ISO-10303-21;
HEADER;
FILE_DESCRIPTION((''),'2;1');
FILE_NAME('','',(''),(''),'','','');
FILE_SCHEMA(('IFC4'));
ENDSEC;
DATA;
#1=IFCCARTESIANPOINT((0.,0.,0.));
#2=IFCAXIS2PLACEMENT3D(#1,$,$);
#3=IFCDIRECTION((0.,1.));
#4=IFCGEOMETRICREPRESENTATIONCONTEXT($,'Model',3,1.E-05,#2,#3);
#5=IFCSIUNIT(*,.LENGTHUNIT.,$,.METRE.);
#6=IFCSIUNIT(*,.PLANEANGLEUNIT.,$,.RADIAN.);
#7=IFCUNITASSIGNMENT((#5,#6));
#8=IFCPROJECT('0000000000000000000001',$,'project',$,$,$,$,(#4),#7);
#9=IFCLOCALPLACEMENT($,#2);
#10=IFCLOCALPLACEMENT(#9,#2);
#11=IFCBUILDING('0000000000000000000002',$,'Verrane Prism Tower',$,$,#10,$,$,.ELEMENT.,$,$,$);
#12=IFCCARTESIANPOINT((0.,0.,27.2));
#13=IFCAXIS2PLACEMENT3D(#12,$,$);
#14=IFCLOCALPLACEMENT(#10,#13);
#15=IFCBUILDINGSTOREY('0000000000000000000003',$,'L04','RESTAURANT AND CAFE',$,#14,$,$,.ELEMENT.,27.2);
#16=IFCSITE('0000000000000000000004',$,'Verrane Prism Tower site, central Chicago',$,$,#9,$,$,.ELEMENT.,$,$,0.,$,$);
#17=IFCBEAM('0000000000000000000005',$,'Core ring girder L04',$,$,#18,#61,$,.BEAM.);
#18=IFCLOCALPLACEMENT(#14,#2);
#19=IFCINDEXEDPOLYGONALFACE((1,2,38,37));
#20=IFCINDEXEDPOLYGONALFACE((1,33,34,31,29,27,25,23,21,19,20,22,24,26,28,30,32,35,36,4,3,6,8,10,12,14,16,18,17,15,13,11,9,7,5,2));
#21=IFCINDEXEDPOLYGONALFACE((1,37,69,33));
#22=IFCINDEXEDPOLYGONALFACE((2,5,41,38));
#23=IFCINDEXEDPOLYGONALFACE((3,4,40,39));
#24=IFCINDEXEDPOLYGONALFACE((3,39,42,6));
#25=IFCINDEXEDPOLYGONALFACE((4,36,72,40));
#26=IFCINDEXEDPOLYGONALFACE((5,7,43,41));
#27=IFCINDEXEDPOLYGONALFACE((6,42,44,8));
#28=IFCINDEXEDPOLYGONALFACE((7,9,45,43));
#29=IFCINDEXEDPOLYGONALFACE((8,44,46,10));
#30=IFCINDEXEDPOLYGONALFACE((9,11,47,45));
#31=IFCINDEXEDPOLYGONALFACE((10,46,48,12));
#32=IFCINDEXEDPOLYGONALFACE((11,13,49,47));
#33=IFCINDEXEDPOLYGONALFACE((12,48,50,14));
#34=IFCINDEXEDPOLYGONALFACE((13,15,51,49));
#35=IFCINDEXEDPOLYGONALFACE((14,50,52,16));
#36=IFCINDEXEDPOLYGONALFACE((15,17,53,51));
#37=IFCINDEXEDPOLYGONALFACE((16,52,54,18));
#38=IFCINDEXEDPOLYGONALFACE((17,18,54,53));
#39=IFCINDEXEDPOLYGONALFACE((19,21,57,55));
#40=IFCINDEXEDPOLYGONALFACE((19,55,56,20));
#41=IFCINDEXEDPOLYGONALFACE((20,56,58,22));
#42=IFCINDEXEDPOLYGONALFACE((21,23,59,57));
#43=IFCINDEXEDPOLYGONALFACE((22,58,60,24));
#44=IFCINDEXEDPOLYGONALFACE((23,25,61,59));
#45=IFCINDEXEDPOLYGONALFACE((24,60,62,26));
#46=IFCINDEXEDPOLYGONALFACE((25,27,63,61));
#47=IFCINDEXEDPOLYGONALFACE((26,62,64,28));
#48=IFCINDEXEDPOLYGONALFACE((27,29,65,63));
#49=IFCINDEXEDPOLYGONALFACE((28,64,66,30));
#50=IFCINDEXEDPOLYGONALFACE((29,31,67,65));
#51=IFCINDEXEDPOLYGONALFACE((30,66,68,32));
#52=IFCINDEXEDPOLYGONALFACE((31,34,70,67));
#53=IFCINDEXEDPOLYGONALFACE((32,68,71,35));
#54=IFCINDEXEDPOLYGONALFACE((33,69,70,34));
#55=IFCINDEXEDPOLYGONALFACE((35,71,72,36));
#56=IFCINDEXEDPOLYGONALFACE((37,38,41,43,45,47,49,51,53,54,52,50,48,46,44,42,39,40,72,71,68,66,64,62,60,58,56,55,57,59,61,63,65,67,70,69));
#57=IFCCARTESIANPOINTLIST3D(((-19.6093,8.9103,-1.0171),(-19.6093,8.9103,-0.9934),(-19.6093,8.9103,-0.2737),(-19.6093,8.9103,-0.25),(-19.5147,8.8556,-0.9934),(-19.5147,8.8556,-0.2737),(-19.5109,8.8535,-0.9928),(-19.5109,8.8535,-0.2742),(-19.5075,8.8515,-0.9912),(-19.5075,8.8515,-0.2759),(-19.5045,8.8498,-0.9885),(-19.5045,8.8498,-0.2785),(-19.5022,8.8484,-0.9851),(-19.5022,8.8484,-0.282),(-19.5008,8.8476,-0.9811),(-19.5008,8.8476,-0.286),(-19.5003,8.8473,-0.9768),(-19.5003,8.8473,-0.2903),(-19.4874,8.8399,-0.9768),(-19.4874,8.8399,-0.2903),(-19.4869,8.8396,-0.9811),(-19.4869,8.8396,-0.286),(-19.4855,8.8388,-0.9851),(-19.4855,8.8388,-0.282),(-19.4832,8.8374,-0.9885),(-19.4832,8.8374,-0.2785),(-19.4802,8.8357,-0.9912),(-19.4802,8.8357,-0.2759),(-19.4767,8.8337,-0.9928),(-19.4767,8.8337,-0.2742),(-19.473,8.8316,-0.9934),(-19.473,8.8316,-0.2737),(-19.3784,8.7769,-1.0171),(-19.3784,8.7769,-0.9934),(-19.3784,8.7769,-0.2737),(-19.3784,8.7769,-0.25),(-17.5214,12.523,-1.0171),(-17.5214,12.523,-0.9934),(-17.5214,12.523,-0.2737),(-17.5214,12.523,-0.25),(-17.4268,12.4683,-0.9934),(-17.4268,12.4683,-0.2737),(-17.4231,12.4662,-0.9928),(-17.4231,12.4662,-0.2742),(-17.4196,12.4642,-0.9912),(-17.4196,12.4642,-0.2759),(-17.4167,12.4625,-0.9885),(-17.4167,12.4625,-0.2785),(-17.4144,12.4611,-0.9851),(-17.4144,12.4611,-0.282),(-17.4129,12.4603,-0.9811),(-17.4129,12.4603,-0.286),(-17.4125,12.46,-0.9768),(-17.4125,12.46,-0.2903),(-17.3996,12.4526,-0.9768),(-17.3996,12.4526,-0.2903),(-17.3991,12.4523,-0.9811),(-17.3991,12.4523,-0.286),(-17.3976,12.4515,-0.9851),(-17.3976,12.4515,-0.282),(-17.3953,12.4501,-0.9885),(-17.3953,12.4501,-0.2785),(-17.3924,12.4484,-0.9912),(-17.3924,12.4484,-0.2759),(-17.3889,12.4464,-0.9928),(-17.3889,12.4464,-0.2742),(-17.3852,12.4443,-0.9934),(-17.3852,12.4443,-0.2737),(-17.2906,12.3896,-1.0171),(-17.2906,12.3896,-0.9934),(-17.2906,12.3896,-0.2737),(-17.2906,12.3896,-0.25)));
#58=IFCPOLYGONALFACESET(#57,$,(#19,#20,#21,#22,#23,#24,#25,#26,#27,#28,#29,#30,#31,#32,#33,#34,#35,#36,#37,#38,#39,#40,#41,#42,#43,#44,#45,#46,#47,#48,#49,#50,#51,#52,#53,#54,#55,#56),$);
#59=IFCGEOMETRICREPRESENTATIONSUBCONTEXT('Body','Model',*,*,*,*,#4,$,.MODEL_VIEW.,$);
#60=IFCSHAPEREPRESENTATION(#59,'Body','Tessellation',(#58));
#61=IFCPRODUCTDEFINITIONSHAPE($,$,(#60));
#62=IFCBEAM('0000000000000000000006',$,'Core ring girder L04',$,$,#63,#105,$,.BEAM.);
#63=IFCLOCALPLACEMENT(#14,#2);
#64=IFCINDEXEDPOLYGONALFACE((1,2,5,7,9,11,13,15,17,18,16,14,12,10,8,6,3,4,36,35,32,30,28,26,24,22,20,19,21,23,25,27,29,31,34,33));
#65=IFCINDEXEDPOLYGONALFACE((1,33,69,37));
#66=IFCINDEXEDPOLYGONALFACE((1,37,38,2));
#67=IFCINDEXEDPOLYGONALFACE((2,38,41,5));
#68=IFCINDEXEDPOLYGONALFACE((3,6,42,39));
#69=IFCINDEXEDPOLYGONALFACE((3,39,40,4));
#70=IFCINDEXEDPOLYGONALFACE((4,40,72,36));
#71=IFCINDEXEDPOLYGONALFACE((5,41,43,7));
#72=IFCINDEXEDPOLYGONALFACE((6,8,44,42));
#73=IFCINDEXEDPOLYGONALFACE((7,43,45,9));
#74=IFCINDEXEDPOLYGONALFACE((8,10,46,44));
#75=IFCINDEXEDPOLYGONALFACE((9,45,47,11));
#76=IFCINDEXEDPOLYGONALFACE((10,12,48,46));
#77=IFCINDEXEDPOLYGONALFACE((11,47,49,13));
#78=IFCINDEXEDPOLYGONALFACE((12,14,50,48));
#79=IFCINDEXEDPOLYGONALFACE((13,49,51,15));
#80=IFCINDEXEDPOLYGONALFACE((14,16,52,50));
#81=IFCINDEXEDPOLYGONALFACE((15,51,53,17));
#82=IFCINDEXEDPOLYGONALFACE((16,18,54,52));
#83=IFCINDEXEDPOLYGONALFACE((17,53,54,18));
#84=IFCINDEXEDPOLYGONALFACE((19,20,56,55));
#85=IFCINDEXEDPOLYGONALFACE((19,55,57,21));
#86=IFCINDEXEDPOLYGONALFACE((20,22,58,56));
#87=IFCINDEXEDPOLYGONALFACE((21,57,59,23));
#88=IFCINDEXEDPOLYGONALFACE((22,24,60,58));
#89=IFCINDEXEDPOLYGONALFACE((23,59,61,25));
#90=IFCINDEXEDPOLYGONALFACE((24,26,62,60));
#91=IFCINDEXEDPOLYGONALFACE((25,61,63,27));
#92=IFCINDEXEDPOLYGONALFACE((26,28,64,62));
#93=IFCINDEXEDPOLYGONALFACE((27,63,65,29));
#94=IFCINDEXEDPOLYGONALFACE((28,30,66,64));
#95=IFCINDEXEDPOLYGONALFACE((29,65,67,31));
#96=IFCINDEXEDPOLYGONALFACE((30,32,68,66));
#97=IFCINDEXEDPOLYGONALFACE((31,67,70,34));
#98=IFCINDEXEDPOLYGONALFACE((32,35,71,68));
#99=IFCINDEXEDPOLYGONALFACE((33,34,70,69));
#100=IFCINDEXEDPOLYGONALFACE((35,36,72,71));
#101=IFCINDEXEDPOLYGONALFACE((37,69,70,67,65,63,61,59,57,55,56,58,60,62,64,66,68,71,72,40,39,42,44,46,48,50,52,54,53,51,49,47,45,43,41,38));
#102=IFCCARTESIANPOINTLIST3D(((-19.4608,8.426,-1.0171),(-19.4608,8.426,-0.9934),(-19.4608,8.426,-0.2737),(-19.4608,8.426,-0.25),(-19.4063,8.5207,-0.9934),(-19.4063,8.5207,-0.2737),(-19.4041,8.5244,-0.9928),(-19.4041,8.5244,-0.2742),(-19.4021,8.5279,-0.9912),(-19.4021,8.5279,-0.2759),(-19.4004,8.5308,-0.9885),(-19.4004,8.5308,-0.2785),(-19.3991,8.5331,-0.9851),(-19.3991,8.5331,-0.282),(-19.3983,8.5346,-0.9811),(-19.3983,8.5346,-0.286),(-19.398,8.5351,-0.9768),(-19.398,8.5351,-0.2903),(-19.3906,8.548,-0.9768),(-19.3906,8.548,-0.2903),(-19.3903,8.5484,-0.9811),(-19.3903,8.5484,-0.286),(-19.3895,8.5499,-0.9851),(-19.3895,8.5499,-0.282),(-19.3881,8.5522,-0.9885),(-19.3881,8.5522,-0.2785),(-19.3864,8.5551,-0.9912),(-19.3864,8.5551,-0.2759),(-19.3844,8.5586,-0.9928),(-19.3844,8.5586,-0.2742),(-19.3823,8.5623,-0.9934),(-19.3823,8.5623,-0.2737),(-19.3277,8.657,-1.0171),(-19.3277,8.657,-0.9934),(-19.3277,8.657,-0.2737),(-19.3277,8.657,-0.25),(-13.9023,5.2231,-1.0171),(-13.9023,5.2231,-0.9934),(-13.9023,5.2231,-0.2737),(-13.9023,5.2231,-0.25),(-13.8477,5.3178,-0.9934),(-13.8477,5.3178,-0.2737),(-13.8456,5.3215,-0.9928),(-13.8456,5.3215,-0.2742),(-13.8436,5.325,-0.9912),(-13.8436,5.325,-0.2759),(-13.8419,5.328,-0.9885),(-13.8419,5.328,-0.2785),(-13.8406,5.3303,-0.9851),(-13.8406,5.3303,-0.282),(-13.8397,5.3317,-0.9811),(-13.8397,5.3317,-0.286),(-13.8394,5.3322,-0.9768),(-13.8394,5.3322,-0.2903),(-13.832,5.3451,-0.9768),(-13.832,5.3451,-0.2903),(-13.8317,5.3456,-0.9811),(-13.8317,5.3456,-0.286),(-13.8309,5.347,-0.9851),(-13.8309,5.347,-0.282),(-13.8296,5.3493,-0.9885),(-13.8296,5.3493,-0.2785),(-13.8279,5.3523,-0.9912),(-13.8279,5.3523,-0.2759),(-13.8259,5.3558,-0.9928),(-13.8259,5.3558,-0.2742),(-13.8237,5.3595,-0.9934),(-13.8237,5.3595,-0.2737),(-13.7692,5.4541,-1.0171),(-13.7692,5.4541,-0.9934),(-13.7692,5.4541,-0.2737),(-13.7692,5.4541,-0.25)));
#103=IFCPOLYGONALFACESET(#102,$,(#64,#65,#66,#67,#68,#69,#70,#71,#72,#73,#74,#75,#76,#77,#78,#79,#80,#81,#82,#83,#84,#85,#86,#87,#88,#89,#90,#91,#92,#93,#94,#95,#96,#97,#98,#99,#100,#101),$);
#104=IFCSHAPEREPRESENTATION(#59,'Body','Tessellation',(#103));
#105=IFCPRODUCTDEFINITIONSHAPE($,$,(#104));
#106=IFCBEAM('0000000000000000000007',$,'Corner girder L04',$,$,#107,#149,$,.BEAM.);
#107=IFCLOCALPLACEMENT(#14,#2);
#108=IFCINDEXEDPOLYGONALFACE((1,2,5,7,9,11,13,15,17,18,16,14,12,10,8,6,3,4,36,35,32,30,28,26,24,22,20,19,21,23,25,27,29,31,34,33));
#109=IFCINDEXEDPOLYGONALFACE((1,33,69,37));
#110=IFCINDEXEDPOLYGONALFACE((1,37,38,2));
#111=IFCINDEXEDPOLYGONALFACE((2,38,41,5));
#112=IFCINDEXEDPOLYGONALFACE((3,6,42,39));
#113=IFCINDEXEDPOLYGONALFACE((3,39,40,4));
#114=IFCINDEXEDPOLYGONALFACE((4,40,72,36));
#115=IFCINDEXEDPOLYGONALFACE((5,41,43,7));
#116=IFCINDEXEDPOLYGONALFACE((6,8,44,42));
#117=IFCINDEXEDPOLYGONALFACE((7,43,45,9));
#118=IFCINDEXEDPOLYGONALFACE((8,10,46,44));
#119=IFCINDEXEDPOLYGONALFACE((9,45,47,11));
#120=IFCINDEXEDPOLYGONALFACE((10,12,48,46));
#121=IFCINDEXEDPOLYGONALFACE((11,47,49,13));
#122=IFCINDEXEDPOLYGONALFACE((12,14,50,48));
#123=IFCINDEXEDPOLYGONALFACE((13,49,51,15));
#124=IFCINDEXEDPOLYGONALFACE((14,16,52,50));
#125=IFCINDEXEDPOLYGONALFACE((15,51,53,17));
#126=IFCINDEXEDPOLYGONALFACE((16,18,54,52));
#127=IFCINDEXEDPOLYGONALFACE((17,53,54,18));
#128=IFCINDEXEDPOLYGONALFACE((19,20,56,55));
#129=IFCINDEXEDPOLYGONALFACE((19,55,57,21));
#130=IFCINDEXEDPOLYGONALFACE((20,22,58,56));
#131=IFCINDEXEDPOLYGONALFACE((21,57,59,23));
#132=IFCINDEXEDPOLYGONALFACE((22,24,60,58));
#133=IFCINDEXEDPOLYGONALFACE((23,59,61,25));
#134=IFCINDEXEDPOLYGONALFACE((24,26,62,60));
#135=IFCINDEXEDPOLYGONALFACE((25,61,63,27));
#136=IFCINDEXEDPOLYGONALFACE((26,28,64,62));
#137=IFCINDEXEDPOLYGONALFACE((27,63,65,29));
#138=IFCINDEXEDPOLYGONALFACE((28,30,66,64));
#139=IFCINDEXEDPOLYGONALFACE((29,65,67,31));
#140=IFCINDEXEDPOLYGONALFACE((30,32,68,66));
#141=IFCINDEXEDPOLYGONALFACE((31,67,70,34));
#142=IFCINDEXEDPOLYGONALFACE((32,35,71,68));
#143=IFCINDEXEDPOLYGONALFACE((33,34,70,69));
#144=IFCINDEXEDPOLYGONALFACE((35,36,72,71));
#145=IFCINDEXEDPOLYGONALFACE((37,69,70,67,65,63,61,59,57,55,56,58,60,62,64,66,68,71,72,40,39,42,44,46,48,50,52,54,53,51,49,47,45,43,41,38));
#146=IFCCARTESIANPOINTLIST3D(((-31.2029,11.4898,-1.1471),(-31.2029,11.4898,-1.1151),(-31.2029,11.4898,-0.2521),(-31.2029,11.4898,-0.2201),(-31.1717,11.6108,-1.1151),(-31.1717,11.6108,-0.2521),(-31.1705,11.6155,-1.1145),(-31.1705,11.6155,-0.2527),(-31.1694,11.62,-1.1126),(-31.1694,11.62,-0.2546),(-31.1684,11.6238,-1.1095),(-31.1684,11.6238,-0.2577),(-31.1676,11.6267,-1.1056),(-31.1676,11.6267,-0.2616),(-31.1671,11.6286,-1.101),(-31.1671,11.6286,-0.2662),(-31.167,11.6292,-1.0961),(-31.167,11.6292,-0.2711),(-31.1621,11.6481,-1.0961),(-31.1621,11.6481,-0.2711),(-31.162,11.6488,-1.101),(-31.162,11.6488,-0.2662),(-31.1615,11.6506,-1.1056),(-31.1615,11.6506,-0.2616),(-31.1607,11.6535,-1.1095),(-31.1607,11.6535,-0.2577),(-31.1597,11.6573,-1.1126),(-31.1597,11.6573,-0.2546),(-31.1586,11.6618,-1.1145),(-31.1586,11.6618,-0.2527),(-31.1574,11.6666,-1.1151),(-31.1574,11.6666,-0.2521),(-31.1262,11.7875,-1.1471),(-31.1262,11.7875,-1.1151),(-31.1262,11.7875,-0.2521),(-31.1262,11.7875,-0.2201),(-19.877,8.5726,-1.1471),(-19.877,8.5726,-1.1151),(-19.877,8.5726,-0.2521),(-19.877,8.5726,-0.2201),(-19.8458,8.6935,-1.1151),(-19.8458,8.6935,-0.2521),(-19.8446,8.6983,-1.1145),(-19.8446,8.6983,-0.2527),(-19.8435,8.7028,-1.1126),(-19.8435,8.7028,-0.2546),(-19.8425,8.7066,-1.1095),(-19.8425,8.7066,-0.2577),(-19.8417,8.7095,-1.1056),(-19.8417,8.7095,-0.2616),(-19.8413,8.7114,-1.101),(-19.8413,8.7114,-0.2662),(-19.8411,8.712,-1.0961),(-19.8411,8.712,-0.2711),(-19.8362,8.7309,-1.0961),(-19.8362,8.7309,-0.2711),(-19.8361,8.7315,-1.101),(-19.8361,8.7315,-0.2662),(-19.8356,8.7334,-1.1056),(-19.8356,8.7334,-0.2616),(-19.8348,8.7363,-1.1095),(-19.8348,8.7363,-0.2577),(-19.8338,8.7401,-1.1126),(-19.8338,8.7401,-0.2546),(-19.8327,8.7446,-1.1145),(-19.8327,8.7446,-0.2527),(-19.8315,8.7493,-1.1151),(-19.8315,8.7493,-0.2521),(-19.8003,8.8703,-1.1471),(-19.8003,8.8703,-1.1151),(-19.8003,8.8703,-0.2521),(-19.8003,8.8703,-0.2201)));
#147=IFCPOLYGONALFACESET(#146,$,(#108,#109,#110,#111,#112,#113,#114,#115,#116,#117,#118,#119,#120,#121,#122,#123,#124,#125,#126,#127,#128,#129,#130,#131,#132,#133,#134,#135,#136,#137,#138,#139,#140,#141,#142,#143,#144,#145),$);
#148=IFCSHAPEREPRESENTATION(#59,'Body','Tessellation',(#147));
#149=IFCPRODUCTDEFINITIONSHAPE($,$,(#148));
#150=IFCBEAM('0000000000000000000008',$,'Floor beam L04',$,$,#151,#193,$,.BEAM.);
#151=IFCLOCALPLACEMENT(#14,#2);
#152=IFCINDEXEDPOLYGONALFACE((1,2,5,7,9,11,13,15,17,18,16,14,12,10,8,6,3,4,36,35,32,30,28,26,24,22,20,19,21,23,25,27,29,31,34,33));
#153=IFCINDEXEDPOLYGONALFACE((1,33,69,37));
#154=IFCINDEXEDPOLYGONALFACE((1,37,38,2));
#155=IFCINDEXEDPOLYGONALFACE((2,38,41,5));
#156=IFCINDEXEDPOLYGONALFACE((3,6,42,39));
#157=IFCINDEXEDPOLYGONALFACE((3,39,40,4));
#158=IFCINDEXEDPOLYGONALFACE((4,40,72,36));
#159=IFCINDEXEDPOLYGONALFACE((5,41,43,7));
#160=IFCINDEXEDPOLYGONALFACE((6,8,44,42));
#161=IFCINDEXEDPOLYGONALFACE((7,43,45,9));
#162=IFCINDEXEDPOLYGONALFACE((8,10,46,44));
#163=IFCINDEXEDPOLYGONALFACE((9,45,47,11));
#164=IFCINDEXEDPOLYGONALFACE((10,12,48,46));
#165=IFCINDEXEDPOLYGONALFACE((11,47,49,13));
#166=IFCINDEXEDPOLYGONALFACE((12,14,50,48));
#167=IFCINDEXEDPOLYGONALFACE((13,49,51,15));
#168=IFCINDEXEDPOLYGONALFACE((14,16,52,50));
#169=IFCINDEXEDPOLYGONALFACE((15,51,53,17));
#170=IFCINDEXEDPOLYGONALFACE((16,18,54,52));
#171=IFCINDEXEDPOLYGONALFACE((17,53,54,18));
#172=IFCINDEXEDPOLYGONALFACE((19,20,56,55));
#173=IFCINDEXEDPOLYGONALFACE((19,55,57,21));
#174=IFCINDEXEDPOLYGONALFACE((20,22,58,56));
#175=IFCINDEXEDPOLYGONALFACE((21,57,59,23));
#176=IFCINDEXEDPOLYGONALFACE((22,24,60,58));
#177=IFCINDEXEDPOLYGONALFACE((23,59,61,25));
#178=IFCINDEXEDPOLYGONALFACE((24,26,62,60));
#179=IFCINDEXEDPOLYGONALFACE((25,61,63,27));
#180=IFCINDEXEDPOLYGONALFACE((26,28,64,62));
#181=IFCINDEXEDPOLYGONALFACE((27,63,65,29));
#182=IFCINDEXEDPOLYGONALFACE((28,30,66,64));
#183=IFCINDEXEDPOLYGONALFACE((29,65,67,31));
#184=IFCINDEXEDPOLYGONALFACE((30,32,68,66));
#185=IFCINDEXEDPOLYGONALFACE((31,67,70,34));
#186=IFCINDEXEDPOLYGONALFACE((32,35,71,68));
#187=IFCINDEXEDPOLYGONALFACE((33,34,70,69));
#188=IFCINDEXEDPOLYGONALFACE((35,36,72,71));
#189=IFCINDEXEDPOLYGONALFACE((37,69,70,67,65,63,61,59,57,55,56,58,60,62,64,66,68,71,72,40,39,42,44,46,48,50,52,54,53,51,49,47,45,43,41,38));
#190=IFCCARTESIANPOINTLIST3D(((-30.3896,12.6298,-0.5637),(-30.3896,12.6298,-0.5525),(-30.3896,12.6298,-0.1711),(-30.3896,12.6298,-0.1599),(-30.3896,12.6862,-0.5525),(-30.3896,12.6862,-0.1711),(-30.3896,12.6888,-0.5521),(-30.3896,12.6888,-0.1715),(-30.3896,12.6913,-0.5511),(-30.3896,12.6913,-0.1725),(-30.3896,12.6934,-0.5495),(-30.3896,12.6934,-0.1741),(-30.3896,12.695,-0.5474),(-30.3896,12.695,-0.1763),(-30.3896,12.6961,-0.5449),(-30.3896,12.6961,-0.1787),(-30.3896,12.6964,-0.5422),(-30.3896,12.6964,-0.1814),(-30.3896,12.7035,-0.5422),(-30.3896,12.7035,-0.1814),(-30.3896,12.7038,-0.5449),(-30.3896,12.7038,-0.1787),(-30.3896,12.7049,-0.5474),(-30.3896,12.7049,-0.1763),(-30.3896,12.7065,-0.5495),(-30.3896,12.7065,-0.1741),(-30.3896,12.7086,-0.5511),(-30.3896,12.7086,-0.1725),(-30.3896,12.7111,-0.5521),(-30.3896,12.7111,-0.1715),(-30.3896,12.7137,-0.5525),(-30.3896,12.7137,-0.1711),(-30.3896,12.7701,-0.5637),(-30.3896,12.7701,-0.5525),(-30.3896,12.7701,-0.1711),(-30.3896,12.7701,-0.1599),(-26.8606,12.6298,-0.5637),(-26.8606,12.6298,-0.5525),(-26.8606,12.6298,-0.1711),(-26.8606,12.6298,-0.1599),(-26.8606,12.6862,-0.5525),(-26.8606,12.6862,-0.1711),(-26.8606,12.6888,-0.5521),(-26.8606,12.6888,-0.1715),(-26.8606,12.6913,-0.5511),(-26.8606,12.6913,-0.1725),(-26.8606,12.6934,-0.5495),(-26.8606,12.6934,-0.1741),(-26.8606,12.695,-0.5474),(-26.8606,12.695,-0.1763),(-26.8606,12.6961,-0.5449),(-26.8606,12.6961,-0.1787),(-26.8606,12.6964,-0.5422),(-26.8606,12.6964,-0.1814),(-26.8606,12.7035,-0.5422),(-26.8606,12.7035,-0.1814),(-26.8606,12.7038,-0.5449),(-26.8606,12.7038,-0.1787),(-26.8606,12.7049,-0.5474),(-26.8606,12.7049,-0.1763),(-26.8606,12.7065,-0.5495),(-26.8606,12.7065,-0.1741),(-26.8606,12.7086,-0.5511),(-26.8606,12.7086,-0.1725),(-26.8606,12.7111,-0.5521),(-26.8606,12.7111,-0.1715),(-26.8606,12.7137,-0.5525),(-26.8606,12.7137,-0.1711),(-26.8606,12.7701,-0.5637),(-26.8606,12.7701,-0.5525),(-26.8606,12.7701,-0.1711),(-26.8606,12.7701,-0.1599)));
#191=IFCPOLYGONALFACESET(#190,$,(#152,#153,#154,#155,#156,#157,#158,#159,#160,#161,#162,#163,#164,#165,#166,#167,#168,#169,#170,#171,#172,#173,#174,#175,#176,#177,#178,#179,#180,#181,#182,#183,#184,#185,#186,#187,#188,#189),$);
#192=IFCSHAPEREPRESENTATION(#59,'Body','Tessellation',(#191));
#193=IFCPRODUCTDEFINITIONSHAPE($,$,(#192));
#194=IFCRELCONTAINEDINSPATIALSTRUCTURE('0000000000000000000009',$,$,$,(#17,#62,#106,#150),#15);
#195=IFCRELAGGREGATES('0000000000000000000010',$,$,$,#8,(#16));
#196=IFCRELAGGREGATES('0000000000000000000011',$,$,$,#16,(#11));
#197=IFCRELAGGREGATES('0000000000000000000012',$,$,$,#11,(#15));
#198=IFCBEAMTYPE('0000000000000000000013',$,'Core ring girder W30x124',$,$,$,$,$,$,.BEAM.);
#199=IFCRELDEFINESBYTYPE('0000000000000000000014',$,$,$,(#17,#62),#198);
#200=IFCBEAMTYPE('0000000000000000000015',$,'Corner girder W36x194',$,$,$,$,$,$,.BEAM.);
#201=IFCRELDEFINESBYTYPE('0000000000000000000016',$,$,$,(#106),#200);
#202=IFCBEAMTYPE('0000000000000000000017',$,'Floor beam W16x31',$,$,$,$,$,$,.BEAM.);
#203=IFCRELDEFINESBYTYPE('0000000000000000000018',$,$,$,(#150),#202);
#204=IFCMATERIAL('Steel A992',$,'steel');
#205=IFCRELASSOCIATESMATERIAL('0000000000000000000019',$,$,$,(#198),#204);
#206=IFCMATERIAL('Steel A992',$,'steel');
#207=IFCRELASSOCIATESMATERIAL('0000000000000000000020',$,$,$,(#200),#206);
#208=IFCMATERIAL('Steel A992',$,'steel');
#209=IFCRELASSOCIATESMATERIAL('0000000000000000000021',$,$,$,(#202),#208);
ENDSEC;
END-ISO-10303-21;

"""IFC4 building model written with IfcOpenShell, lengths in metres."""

from ifc_helpers import new_model, si_unit, direction, frame, origin, origin_2d, place, context, subcontext, project, spatial, i_section, extrude, material, material_profile, profile_set, type_object, element, save


model = new_model("IFC4")

# Units and contexts
model_context = context("Model", 3, precision=1e-05, world=origin(), true_north=direction((0.0, 1.0)))
body_context = subcontext(model_context, "Body", "Model", "MODEL_VIEW")
ifc_project = project(units=[si_unit("LENGTHUNIT", "METRE"), si_unit("PLANEANGLEUNIT", "RADIAN")], contexts=[model_context])

# Site, building, storey
site_placement = place(None, origin())
site = spatial("IfcSite", under=ifc_project, at=site_placement, Name="Verrane Prism Tower site, central Chicago", CompositionType="ELEMENT", RefElevation=0.0)
building_placement = place(site_placement, origin())
building = spatial("IfcBuilding", under=site, at=building_placement, Name="Verrane Prism Tower", CompositionType="ELEMENT")
storey_placement = place(building_placement, frame((0.0, 0.0, 27.2)))
storey = spatial("IfcBuildingStorey", under=building, at=storey_placement, Name="L04", Description="RESTAURANT AND CAFE", CompositionType="ELEMENT", Elevation=27.2)

# Beams
ifc_material_1 = material(Name="Steel A992", Category="steel")
ifc_material_profile_1 = material_profile(ifc_material_1, i_section(OverallWidth=0.2666, OverallDepth=0.7671, WebThickness=0.0149, FlangeThickness=0.0237, FilletRadius=0.0166, at=origin_2d()), Name="W30x124")
ifc_profile_set_1 = profile_set([ifc_material_profile_1], Name="Steel A992")
beam_type_1 = type_object("IfcBeamType", Name="Core ring girder W30x124", PredefinedType="BEAM", material=ifc_profile_set_1)
beam_1_placement = place(storey_placement, frame((-17.406, 12.4563, -0.6335), z_axis=(-0.500367, -0.865813, 0.0), x_axis=(0.865813, -0.500367, 0.0)))
element("IfcBeam", 1, at=beam_1_placement, inside=storey, type_object=beam_type_1, Name="Core ring girder L04", PredefinedType="BEAM", context=body_context, shape_type="SweptSolid", body=[
    extrude(i_section(OverallWidth=0.2666, OverallDepth=0.7671, WebThickness=0.0149, FlangeThickness=0.0237, FilletRadius=0.0166, at=origin_2d()), origin(), (0.0, 0.0, 1.0), 4.1726),
])
beam_2_placement = place(storey_placement, frame((-19.3943, 8.5415, -0.6335), z_axis=(0.866455, -0.499255, 0.0), x_axis=(0.499255, 0.866455, 0.0)))
element("IfcBeam", 2, at=beam_2_placement, inside=storey, type_object=beam_type_1, Name="Core ring girder L04", PredefinedType="BEAM", context=body_context, shape_type="SweptSolid", body=[
    extrude(i_section(OverallWidth=0.2666, OverallDepth=0.7671, WebThickness=0.0149, FlangeThickness=0.0237, FilletRadius=0.0166, at=origin_2d()), origin(), (0.0, 0.0, 1.0), 6.4153),
])
ifc_material_2 = material(Name="Steel A992", Category="steel")
ifc_material_profile_2 = material_profile(ifc_material_2, i_section(OverallWidth=0.3074, OverallDepth=0.927, WebThickness=0.0195, FlangeThickness=0.032, FilletRadius=0.019, at=origin_2d()), Name="W36x194")
ifc_profile_set_2 = profile_set([ifc_material_profile_2], Name="Steel A992")
beam_type_2 = type_object("IfcBeamType", Name="Corner girder W36x194", PredefinedType="BEAM", material=ifc_profile_set_2)
beam_3_placement = place(storey_placement, frame((-31.1646, 11.6387, -0.6836), z_axis=(0.968393, -0.24943, 0.0), x_axis=(0.24943, 0.968393, 0.0)))
element("IfcBeam", 3, at=beam_3_placement, inside=storey, type_object=beam_type_2, Name="Corner girder L04", PredefinedType="BEAM", context=body_context, shape_type="SweptSolid", body=[
    extrude(i_section(OverallWidth=0.3074, OverallDepth=0.927, WebThickness=0.0195, FlangeThickness=0.032, FilletRadius=0.019, at=origin_2d()), origin(), (0.0, 0.0, 1.0), 11.6956),
])
ifc_material_3 = material(Name="Steel A992", Category="steel")
ifc_material_profile_3 = material_profile(ifc_material_3, i_section(OverallWidth=0.1404, OverallDepth=0.4038, WebThickness=0.0071, FlangeThickness=0.0112, FilletRadius=0.0103, at=origin_2d()), Name="W16x31")
ifc_profile_set_3 = profile_set([ifc_material_profile_3], Name="Steel A992")
beam_type_3 = type_object("IfcBeamType", Name="Floor beam W16x31", PredefinedType="BEAM", material=ifc_profile_set_3)
beam_4_placement = place(storey_placement, frame((-30.3896, 12.7, -0.3618), z_axis=(1.0, 0.0, 0.0), x_axis=(0.0, 1.0, 0.0)))
element("IfcBeam", 4, at=beam_4_placement, inside=storey, type_object=beam_type_3, Name="Floor beam L04", PredefinedType="BEAM", context=body_context, shape_type="SweptSolid", body=[
    extrude(i_section(OverallWidth=0.1404, OverallDepth=0.4038, WebThickness=0.0071, FlangeThickness=0.0112, FilletRadius=0.0103, at=origin_2d()), origin(), (0.0, 0.0, 1.0), 3.5291),
])

save(model, "model.ifc")
